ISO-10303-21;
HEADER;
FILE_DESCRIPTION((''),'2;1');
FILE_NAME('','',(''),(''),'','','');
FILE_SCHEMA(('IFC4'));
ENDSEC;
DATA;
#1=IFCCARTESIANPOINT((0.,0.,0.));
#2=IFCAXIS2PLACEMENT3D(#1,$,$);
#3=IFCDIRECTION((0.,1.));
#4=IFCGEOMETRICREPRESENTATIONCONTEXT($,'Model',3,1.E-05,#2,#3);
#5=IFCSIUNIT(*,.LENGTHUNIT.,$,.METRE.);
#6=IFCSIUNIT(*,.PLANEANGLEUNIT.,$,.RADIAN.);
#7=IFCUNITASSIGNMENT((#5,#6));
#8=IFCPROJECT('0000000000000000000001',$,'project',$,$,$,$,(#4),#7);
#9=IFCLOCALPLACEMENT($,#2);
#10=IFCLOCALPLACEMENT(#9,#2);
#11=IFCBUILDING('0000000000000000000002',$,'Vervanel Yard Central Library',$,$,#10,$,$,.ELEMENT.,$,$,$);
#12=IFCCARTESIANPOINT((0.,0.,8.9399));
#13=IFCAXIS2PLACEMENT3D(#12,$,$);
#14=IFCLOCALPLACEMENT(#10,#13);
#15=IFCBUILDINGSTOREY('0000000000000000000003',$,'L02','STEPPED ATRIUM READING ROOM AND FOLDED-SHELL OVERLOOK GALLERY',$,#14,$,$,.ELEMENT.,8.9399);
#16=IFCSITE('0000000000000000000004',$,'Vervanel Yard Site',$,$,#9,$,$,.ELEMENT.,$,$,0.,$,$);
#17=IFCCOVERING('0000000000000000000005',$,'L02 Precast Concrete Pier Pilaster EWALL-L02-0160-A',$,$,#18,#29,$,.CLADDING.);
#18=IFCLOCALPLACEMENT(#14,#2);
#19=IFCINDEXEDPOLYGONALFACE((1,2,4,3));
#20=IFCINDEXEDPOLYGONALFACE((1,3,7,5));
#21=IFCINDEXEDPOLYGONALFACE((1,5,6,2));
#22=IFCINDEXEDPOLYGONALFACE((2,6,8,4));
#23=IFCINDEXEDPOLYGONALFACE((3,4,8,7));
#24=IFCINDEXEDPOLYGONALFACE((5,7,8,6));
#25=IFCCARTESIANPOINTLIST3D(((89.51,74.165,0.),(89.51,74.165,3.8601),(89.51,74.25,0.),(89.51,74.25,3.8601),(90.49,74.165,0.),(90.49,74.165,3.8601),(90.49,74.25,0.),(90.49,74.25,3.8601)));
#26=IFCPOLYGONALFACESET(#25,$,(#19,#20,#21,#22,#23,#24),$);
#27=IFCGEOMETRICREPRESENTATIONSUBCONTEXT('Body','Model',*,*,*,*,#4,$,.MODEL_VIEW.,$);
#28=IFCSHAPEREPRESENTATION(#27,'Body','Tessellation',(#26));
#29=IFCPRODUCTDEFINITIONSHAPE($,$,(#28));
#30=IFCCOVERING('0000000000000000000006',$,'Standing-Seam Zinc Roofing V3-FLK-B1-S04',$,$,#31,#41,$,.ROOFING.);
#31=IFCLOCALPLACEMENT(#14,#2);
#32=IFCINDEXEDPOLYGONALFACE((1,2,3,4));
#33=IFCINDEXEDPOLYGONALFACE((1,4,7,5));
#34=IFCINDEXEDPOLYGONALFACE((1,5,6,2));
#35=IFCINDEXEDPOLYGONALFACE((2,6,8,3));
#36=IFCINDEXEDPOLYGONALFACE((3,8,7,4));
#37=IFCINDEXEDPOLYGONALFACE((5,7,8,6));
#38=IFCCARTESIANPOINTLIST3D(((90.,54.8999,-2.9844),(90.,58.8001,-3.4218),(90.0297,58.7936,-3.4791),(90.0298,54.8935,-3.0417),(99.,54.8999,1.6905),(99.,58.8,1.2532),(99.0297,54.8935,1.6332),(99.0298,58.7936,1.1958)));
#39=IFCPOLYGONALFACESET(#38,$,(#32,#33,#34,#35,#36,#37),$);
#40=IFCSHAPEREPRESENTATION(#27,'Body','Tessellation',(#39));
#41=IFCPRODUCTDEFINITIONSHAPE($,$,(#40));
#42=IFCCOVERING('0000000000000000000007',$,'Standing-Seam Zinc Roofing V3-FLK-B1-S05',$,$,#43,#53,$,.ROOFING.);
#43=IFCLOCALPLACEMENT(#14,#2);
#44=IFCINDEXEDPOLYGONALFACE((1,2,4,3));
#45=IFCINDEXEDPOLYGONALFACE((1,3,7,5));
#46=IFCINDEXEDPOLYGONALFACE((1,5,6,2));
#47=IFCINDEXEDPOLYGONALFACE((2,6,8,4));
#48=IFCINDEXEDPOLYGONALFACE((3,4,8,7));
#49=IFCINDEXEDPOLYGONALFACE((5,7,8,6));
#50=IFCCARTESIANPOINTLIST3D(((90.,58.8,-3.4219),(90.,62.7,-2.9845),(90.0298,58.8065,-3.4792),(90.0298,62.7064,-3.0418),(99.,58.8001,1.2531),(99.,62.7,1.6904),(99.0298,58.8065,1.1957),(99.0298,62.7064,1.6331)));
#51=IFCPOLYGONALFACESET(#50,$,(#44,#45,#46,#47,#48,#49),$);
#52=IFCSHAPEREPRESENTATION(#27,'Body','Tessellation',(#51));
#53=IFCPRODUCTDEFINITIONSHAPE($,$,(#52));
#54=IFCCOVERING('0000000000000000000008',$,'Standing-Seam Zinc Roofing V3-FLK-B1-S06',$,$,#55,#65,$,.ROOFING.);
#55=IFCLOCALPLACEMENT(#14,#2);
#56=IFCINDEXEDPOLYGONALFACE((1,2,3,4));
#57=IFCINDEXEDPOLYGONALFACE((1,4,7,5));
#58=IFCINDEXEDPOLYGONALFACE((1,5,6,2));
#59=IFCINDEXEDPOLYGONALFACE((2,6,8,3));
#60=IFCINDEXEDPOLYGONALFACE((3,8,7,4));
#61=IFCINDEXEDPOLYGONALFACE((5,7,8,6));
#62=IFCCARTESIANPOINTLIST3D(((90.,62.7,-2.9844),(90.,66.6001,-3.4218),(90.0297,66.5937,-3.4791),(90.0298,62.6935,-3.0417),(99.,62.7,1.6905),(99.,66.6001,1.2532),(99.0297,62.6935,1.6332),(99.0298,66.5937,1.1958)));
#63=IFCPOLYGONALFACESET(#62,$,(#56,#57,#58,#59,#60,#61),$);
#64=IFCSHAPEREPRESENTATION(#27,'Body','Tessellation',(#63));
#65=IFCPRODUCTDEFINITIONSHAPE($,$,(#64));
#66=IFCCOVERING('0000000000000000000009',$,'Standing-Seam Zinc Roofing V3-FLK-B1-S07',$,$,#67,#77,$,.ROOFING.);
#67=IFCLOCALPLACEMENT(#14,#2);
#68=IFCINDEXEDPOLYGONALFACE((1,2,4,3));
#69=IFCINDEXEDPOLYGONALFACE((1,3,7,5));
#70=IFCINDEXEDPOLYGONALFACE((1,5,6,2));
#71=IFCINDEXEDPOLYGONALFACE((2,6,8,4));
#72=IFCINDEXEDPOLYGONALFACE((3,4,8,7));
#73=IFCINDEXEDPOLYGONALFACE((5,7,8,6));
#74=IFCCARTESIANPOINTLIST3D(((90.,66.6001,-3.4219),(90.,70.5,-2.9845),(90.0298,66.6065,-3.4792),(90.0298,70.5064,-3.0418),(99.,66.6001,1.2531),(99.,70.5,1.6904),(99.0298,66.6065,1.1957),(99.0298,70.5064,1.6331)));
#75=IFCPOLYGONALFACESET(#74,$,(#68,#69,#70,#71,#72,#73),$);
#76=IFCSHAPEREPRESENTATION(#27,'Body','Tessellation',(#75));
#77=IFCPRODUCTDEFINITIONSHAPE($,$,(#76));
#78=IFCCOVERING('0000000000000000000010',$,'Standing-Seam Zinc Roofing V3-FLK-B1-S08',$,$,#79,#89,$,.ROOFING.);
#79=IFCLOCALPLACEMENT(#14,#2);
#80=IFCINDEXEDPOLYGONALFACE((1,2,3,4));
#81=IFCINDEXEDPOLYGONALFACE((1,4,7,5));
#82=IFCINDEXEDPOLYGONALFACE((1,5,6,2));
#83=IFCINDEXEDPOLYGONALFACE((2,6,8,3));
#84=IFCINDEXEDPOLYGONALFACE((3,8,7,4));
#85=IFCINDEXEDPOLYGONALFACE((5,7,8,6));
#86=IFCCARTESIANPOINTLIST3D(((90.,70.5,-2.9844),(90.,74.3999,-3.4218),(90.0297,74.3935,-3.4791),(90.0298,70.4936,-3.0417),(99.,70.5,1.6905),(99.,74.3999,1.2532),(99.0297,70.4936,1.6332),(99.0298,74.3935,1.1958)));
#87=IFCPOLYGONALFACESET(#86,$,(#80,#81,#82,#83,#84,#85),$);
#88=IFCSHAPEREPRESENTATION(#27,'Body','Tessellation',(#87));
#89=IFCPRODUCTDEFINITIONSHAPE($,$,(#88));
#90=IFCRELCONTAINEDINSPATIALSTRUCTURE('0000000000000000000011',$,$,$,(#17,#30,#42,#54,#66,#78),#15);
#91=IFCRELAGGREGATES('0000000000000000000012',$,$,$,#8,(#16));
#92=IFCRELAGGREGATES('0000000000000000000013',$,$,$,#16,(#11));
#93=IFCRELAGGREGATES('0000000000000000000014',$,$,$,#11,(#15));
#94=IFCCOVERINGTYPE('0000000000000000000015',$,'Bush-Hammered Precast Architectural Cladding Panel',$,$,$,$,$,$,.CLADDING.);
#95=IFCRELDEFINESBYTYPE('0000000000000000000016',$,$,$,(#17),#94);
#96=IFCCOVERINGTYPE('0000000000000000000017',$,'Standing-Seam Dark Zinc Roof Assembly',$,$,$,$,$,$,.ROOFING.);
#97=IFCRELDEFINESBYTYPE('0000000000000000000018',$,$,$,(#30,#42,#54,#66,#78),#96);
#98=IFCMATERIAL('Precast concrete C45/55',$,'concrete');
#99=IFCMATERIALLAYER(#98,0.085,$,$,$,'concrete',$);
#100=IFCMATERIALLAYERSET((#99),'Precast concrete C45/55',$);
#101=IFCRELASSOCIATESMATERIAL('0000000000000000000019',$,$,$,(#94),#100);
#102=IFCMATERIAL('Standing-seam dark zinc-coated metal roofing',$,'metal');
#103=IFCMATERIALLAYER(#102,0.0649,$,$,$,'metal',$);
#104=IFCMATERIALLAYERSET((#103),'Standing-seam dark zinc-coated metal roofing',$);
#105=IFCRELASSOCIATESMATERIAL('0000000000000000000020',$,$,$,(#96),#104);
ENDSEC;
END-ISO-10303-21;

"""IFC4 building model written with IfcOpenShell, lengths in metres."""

from ifc_helpers import new_model, si_unit, direction, frame, origin, origin_2d, place, context, subcontext, project, spatial, polyline, rectangle, outline, extrude, material, layer, layer_set, type_object, element, save


model = new_model("IFC4")

# Units and contexts
model_context = context("Model", 3, precision=1e-05, world=origin(), true_north=direction((0.0, 1.0)))
body_context = subcontext(model_context, "Body", "Model", "MODEL_VIEW")
ifc_project = project(units=[si_unit("LENGTHUNIT", "METRE"), si_unit("PLANEANGLEUNIT", "RADIAN")], contexts=[model_context])

# Site, building, storey
site_placement = place(None, origin())
site = spatial("IfcSite", under=ifc_project, at=site_placement, Name="Vervanel Yard Site", CompositionType="ELEMENT", RefElevation=0.0)
building_placement = place(site_placement, origin())
building = spatial("IfcBuilding", under=site, at=building_placement, Name="Vervanel Yard Central Library", CompositionType="ELEMENT")
storey_placement = place(building_placement, frame((0.0, 0.0, 8.9399)))
storey = spatial("IfcBuildingStorey", under=building, at=storey_placement, Name="L02", Description="STEPPED ATRIUM READING ROOM AND FOLDED-SHELL OVERLOOK GALLERY", CompositionType="ELEMENT", Elevation=8.9399)

# Shared definitions
ifc_material_1 = material(Name="Precast concrete C45/55", Category="concrete")

# Coverings
ifc_layer_1 = layer(ifc_material_1, 0.085, Category="concrete")
ifc_layer_set_1 = layer_set([ifc_layer_1], Name="Precast concrete C45/55")
covering_type_1 = type_object("IfcCoveringType", Name="Bush-Hammered Precast Architectural Cladding Panel", PredefinedType="CLADDING", material=ifc_layer_set_1)
covering_1_placement = place(storey_placement, frame((90.0, 74.2075, 0.0), z_axis=(0.0, 0.0, 1.0), x_axis=(1.0, 0.0, 0.0)))
element("IfcCovering", 1, at=covering_1_placement, inside=storey, type_object=covering_type_1, Name="L02 Precast Concrete Pier Pilaster EWALL-L02-0160-A", PredefinedType="CLADDING", context=body_context, shape_type="SweptSolid", body=[
    extrude(rectangle(XDim=0.98, YDim=0.085, at=origin_2d()), origin(), (0.0, 0.0, 1.0), 3.8601),
])
ifc_material_2 = material(Name="Standing-seam dark zinc-coated metal roofing", Category="metal")
ifc_layer_2 = layer(ifc_material_2, 0.0649, Category="metal")
ifc_layer_set_2 = layer_set([ifc_layer_2], Name="Standing-seam dark zinc-coated metal roofing")
covering_type_2 = type_object("IfcCoveringType", Name="Standing-Seam Dark Zinc Roof Assembly", PredefinedType="ROOFING", material=ifc_layer_set_2)
covering_2_placement = place(storey_placement, frame((90.0, 54.8999, -2.9844), z_axis=(-0.458693, 0.09903, 0.883059), x_axis=(0.887422, 0.000001, 0.460959)))
element("IfcCovering", 2, at=covering_2_placement, inside=storey, type_object=covering_type_2, Name="Standing-Seam Zinc Roofing V3-FLK-B1-S04", PredefinedType="ROOFING", context=body_context, shape_type="SweptSolid", body=[
    extrude(outline(polyline([(0.0, 0.0), (10.1417, 0.0), (9.9401, 3.9194), (-0.2017, 3.9194), (0.0, 0.0)])), origin(), (0.0, 0.0, -1.0), 0.0649),
])
covering_3_placement = place(storey_placement, frame((90.0, 58.8, -3.4219), z_axis=(-0.458693, -0.099036, 0.883059), x_axis=(0.887421, 0.000001, 0.460959)))
element("IfcCovering", 3, at=covering_3_placement, inside=storey, type_object=covering_type_2, Name="Standing-Seam Zinc Roofing V3-FLK-B1-S05", PredefinedType="ROOFING", context=body_context, shape_type="SweptSolid", body=[
    extrude(outline(polyline([(0.0, 0.0), (10.1418, 0.0), (10.3434, 3.9192), (0.2017, 3.9192), (0.0, 0.0)])), origin(), (0.0, 0.0, -1.0), 0.0649),
])
covering_4_placement = place(storey_placement, frame((90.0, 62.7, -2.9844), z_axis=(-0.458693, 0.09903, 0.883059), x_axis=(0.887422, 0.000001, 0.460959)))
element("IfcCovering", 4, at=covering_4_placement, inside=storey, type_object=covering_type_2, Name="Standing-Seam Zinc Roofing V3-FLK-B1-S06", PredefinedType="ROOFING", context=body_context, shape_type="SweptSolid", body=[
    extrude(outline(polyline([(0.0, 0.0), (10.1417, 0.0), (9.9401, 3.9194), (-0.2017, 3.9194), (0.0, 0.0)])), origin(), (0.0, 0.0, -1.0), 0.0649),
])
covering_5_placement = place(storey_placement, frame((90.0, 66.6001, -3.4219), z_axis=(-0.458693, -0.099036, 0.883059), x_axis=(0.887421, 0.000001, 0.460959)))
element("IfcCovering", 5, at=covering_5_placement, inside=storey, type_object=covering_type_2, Name="Standing-Seam Zinc Roofing V3-FLK-B1-S07", PredefinedType="ROOFING", context=body_context, shape_type="SweptSolid", body=[
    extrude(outline(polyline([(0.0, 0.0), (10.1418, 0.0), (10.3434, 3.9192), (0.2017, 3.9192), (0.0, 0.0)])), origin(), (0.0, 0.0, -1.0), 0.0649),
])
covering_6_placement = place(storey_placement, frame((90.0, 70.5, -2.9844), z_axis=(-0.458693, 0.099036, 0.883059), x_axis=(0.887422, 0.000001, 0.460959)))
element("IfcCovering", 6, at=covering_6_placement, inside=storey, type_object=covering_type_2, Name="Standing-Seam Zinc Roofing V3-FLK-B1-S08", PredefinedType="ROOFING", context=body_context, shape_type="SweptSolid", body=[
    extrude(outline(polyline([(0.0, 0.0), (10.1417, 0.0), (9.9401, 3.9192), (-0.2017, 3.9192), (0.0, 0.0)])), origin(), (0.0, 0.0, -1.0), 0.0649),
])

save(model, "model.ifc")
